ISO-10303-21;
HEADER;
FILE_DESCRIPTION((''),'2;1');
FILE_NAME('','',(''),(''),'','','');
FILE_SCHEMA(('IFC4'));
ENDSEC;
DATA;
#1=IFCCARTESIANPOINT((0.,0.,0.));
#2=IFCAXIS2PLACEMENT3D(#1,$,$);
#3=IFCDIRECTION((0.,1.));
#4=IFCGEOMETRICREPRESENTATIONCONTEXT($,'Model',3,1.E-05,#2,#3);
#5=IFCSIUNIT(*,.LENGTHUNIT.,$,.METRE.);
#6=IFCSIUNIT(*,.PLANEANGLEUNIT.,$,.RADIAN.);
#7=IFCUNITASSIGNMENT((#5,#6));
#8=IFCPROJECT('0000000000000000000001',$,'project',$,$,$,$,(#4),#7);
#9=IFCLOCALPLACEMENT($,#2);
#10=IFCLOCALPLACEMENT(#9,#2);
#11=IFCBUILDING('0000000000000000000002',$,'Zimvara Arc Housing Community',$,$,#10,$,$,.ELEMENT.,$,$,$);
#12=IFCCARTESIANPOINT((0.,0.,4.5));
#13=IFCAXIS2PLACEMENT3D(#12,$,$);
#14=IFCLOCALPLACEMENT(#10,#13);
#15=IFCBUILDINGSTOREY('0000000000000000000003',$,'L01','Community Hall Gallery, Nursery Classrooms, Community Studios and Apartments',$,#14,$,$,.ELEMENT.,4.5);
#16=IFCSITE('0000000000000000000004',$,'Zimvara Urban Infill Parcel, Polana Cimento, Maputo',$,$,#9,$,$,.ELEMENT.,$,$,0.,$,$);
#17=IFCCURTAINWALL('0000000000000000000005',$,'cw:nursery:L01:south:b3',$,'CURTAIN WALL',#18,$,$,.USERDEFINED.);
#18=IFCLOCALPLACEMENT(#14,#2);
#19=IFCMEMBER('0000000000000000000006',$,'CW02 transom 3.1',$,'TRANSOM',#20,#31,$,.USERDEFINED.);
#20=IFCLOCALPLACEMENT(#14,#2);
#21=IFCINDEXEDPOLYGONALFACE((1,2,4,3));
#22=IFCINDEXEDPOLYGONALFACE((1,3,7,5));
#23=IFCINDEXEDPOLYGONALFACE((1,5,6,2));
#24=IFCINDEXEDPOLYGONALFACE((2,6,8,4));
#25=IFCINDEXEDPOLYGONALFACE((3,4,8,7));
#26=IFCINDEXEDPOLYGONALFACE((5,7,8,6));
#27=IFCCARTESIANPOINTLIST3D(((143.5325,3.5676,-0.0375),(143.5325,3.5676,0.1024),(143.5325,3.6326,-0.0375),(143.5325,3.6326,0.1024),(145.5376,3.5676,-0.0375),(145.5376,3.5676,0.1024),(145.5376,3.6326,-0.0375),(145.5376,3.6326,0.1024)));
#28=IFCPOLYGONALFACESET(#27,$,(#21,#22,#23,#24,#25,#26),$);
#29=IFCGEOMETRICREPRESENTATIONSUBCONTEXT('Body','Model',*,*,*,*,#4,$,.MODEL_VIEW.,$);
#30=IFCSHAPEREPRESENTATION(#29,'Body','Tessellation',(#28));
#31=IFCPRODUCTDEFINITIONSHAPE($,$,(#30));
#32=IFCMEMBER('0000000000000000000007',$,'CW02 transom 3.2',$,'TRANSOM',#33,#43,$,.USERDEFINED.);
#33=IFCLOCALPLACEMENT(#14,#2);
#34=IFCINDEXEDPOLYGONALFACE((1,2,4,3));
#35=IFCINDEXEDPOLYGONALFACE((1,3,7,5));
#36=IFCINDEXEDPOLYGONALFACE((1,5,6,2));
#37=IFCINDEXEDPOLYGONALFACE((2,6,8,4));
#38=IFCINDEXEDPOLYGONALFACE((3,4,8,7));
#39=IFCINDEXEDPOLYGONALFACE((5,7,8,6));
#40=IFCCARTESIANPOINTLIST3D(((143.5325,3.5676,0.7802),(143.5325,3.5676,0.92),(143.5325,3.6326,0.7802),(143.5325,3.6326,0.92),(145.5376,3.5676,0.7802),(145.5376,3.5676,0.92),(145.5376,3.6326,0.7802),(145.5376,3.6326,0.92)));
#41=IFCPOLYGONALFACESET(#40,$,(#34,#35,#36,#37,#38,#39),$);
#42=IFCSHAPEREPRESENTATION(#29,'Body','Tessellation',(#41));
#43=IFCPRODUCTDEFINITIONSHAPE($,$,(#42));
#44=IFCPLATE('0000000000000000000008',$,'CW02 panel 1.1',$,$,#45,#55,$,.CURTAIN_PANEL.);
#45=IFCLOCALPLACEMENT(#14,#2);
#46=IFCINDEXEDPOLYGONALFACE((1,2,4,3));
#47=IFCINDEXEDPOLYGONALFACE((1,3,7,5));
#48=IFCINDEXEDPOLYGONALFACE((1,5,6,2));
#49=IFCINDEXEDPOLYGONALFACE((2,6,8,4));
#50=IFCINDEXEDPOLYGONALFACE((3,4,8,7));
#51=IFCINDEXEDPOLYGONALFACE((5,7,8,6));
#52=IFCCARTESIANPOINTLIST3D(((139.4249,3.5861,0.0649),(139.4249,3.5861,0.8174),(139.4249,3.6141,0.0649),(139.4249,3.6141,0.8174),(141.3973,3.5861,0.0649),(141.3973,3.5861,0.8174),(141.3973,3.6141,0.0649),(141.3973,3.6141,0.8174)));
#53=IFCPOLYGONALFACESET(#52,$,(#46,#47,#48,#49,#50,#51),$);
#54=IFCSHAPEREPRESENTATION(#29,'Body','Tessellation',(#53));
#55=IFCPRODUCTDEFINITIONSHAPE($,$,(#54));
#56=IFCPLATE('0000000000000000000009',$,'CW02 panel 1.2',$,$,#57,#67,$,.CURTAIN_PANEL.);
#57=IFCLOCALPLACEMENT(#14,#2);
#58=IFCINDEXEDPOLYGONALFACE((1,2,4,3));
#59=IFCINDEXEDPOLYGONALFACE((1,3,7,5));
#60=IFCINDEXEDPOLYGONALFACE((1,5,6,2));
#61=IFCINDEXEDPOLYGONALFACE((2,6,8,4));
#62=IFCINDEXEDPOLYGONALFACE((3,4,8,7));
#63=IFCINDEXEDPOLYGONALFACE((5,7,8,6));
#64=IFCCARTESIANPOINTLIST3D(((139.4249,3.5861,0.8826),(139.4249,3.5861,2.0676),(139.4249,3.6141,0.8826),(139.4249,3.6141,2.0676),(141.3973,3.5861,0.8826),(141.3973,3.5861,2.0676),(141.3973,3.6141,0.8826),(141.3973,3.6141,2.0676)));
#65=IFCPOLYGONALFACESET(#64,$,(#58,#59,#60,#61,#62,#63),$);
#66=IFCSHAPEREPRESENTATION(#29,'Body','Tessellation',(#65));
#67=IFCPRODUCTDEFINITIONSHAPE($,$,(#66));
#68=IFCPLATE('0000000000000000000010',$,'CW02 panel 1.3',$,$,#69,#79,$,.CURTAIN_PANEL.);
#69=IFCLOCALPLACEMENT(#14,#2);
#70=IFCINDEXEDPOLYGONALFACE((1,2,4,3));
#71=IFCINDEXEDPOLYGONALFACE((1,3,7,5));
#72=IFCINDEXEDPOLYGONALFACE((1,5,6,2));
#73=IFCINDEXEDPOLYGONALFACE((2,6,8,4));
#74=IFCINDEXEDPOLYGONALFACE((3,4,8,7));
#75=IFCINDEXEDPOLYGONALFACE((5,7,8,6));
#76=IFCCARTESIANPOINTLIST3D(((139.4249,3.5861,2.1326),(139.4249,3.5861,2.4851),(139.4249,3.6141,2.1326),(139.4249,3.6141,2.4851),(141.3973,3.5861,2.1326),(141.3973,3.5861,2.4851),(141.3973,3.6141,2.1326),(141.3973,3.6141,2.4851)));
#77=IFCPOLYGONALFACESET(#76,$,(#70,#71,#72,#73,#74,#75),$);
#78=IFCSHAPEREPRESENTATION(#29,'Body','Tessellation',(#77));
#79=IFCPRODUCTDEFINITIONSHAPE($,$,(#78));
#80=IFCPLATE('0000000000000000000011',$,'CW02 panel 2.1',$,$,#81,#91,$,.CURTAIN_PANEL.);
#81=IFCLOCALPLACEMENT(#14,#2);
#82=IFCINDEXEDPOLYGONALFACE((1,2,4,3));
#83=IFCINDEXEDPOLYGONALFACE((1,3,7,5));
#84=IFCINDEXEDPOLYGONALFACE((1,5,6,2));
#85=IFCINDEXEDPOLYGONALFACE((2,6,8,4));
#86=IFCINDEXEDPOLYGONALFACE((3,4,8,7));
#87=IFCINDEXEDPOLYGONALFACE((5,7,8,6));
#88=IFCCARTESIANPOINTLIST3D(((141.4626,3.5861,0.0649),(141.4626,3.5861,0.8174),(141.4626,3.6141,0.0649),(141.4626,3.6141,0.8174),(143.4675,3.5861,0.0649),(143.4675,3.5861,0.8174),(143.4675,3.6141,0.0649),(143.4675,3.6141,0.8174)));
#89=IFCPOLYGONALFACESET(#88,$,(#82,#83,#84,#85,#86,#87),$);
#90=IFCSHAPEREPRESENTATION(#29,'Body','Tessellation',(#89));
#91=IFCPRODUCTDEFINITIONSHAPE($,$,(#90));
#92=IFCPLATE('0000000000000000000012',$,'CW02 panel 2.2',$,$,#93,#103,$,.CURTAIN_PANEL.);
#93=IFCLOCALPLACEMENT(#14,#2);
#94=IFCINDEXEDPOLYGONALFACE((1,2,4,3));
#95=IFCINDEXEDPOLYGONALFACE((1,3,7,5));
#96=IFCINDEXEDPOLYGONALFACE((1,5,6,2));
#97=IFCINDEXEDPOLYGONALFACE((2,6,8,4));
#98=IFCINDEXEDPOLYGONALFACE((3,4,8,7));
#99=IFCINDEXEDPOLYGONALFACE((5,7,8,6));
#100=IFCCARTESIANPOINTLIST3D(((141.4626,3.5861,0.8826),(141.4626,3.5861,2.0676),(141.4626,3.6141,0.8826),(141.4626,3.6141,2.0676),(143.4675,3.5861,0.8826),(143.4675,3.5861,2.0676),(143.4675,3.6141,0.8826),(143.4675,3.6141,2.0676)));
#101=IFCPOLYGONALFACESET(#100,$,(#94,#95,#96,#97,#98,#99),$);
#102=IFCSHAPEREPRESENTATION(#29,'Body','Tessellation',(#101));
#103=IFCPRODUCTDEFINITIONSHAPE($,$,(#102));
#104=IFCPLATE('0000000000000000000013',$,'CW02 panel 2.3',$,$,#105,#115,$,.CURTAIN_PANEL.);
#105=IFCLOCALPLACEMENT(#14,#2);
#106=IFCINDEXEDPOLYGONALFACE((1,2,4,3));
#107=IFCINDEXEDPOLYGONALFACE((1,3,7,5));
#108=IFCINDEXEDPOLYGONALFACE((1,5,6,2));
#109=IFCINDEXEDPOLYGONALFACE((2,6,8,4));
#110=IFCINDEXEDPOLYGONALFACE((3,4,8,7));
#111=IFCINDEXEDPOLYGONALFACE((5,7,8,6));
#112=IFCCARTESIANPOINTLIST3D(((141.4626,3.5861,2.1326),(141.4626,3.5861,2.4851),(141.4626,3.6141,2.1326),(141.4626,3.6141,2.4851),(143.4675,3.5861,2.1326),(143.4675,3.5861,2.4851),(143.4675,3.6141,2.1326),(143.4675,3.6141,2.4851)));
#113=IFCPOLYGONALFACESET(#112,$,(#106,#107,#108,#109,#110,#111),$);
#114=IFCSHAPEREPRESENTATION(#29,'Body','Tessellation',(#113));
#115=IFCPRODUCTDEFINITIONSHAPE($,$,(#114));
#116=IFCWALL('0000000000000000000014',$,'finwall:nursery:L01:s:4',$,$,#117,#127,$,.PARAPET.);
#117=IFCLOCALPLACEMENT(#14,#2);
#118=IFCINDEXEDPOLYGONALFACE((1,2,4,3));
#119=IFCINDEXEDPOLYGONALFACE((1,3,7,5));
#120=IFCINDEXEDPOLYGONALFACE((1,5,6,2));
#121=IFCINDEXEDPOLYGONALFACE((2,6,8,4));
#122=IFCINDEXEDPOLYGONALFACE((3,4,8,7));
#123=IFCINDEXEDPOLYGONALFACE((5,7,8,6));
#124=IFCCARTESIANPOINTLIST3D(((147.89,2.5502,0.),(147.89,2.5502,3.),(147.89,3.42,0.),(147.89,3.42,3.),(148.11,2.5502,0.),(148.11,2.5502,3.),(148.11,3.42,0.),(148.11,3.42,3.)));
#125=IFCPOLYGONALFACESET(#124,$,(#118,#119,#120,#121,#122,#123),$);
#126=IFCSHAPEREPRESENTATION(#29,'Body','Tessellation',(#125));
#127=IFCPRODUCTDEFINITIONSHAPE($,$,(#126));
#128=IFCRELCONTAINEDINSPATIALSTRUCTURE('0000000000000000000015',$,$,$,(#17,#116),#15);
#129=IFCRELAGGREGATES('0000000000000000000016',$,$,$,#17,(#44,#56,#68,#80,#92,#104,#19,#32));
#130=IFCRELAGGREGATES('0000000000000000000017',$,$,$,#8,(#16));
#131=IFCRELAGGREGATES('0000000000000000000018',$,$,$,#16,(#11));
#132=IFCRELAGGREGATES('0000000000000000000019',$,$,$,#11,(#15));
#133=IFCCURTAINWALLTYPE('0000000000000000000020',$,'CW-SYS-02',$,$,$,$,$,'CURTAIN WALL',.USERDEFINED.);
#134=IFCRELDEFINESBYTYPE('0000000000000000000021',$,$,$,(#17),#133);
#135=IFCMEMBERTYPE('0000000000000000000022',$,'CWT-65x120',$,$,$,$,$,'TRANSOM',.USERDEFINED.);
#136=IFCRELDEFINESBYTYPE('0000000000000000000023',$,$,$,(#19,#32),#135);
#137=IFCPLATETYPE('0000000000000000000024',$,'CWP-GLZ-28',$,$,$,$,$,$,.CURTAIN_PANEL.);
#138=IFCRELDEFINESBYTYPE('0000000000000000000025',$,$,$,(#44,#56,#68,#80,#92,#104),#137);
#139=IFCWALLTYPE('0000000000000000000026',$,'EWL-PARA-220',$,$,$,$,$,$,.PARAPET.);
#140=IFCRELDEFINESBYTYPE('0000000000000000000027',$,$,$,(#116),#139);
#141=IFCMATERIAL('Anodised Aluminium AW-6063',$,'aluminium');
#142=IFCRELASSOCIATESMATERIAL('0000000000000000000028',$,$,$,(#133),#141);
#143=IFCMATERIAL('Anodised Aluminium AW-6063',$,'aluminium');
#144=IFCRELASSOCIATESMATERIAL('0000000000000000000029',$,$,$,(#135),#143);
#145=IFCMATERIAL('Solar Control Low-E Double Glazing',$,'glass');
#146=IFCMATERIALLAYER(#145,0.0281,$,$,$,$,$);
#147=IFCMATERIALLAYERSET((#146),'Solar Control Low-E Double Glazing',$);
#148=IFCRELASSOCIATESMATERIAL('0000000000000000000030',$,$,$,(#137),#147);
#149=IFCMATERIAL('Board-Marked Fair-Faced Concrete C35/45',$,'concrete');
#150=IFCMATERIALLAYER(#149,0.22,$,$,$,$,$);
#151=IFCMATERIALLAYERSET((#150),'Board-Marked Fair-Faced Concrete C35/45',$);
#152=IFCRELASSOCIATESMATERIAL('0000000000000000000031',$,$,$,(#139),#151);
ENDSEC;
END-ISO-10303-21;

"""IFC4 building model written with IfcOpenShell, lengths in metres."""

from ifc_helpers import new_model, si_unit, direction, frame, frame_2d, origin, origin_2d, place, context, subcontext, project, spatial, rectangle, extrude, material, layer, layer_set, material_profile, profile_set, type_object, element, aggregate, save


model = new_model("IFC4")

# Units and contexts
model_context = context("Model", 3, precision=1e-05, world=origin(), true_north=direction((0.0, 1.0)))
body_context = subcontext(model_context, "Body", "Model", "MODEL_VIEW")
ifc_project = project(units=[si_unit("LENGTHUNIT", "METRE"), si_unit("PLANEANGLEUNIT", "RADIAN")], contexts=[model_context])

# Site, building, storey
site_placement = place(None, origin())
site = spatial("IfcSite", under=ifc_project, at=site_placement, Name="Zimvara Urban Infill Parcel, Polana Cimento, Maputo", CompositionType="ELEMENT", RefElevation=0.0)
building_placement = place(site_placement, origin())
building = spatial("IfcBuilding", under=site, at=building_placement, Name="Zimvara Arc Housing Community", CompositionType="ELEMENT")
storey_placement = place(building_placement, frame((0.0, 0.0, 4.5)))
storey = spatial("IfcBuildingStorey", under=building, at=storey_placement, Name="L01", Description="Community Hall Gallery, Nursery Classrooms, Community Studios and Apartments", CompositionType="ELEMENT", Elevation=4.5)

# Curtain wall, members, plates
ifc_material_1 = material(Name="Anodised Aluminium AW-6063", Category="aluminium")
curtain_wall_type = type_object("IfcCurtainWallType", Name="CW-SYS-02", ElementType="CURTAIN WALL", PredefinedType="USERDEFINED", material=ifc_material_1)
curtain_wall_placement = place(storey_placement, origin())
curtain_wall = element("IfcCurtainWall", 1, at=curtain_wall_placement, inside=storey, type_object=curtain_wall_type, Name="cw:nursery:L01:south:b3", ObjectType="CURTAIN WALL", PredefinedType="USERDEFINED")
ifc_material_2 = material(Name="Anodised Aluminium AW-6063", Category="aluminium")
ifc_material_profile_1 = material_profile(ifc_material_2, rectangle(XDim=0.0649, YDim=0.1399, at=origin_2d()), Name="ALU 65x140")
ifc_profile_set_1 = profile_set([ifc_material_profile_1], Name="Anodised Aluminium AW-6063")
member_type_1 = type_object("IfcMemberType", Name="CWT-65x120", ElementType="TRANSOM", PredefinedType="USERDEFINED", material=ifc_profile_set_1)
member_1_placement = place(storey_placement, frame((143.5325, 3.6001, 0.0325), z_axis=(1.0, 0.0, 0.0), x_axis=(0.0, 1.0, 0.0)))
member_1 = element("IfcMember", 2, at=member_1_placement, type_object=member_type_1, Name="CW02 transom 3.1", ObjectType="TRANSOM", PredefinedType="USERDEFINED", context=body_context, shape_type="SweptSolid", body=[
    extrude(rectangle(XDim=0.0649, YDim=0.1399, at=origin_2d()), origin(), (0.0, 0.0, 1.0), 2.0051),
])
member_2_placement = place(storey_placement, frame((143.5325, 3.6001, 0.8501), z_axis=(1.0, 0.0, 0.0), x_axis=(0.0, 1.0, 0.0)))
member_2 = element("IfcMember", 3, at=member_2_placement, type_object=member_type_1, Name="CW02 transom 3.2", ObjectType="TRANSOM", PredefinedType="USERDEFINED", context=body_context, shape_type="SweptSolid", body=[
    extrude(rectangle(XDim=0.0649, YDim=0.1399, at=origin_2d()), origin(), (0.0, 0.0, 1.0), 2.0051),
])
ifc_material_3 = material(Name="Solar Control Low-E Double Glazing", Category="glass")
ifc_layer_1 = layer(ifc_material_3, 0.0281)
ifc_layer_set_1 = layer_set([ifc_layer_1], Name="Solar Control Low-E Double Glazing")
plate_type = type_object("IfcPlateType", Name="CWP-GLZ-28", PredefinedType="CURTAIN_PANEL", material=ifc_layer_set_1)
plate_1_placement = place(storey_placement, frame((140.4111, 3.6001, 0.0649), z_axis=(0.0, 0.0, 1.0), x_axis=(1.0, 0.0, 0.0)))
plate_1 = element("IfcPlate", 4, at=plate_1_placement, type_object=plate_type, Name="CW02 panel 1.1", PredefinedType="CURTAIN_PANEL", context=body_context, shape_type="SweptSolid", body=[
    extrude(rectangle(XDim=1.9724, YDim=0.0281, at=origin_2d()), origin(), (0.0, 0.0, 1.0), 0.7524),
])
plate_2_placement = place(storey_placement, frame((140.4111, 3.6001, 0.8826), z_axis=(0.0, 0.0, 1.0), x_axis=(1.0, 0.0, 0.0)))
plate_2 = element("IfcPlate", 5, at=plate_2_placement, type_object=plate_type, Name="CW02 panel 1.2", PredefinedType="CURTAIN_PANEL", context=body_context, shape_type="SweptSolid", body=[
    extrude(rectangle(XDim=1.9724, YDim=0.0281, at=origin_2d()), origin(), (0.0, 0.0, 1.0), 1.1851),
])
plate_3_placement = place(storey_placement, frame((140.4111, 3.6001, 2.1326), z_axis=(0.0, 0.0, 1.0), x_axis=(1.0, 0.0, 0.0)))
plate_3 = element("IfcPlate", 6, at=plate_3_placement, type_object=plate_type, Name="CW02 panel 1.3", PredefinedType="CURTAIN_PANEL", context=body_context, shape_type="SweptSolid", body=[
    extrude(rectangle(XDim=1.9724, YDim=0.0281, at=origin_2d()), origin(), (0.0, 0.0, 1.0), 0.3525),
])
plate_4_placement = place(storey_placement, frame((142.4651, 3.6001, 0.0649), z_axis=(0.0, 0.0, 1.0), x_axis=(1.0, 0.0, 0.0)))
plate_4 = element("IfcPlate", 7, at=plate_4_placement, type_object=plate_type, Name="CW02 panel 2.1", PredefinedType="CURTAIN_PANEL", context=body_context, shape_type="SweptSolid", body=[
    extrude(rectangle(XDim=2.0049, YDim=0.0281, at=origin_2d()), origin(), (0.0, 0.0, 1.0), 0.7524),
])
plate_5_placement = place(storey_placement, frame((142.4651, 3.6001, 0.8826), z_axis=(0.0, 0.0, 1.0), x_axis=(1.0, 0.0, 0.0)))
plate_5 = element("IfcPlate", 8, at=plate_5_placement, type_object=plate_type, Name="CW02 panel 2.2", PredefinedType="CURTAIN_PANEL", context=body_context, shape_type="SweptSolid", body=[
    extrude(rectangle(XDim=2.0049, YDim=0.0281, at=origin_2d()), origin(), (0.0, 0.0, 1.0), 1.1851),
])
plate_6_placement = place(storey_placement, frame((142.4651, 3.6001, 2.1326), z_axis=(0.0, 0.0, 1.0), x_axis=(1.0, 0.0, 0.0)))
plate_6 = element("IfcPlate", 9, at=plate_6_placement, type_object=plate_type, Name="CW02 panel 2.3", PredefinedType="CURTAIN_PANEL", context=body_context, shape_type="SweptSolid", body=[
    extrude(rectangle(XDim=2.0049, YDim=0.0281, at=origin_2d()), origin(), (0.0, 0.0, 1.0), 0.3525),
])
aggregate(curtain_wall, [plate_1, plate_2, plate_3, plate_4, plate_5, plate_6, member_1, member_2])

# Wall
ifc_material_4 = material(Name="Board-Marked Fair-Faced Concrete C35/45", Category="concrete")
ifc_layer_2 = layer(ifc_material_4, 0.22)
ifc_layer_set_2 = layer_set([ifc_layer_2], Name="Board-Marked Fair-Faced Concrete C35/45")
wall_type = type_object("IfcWallType", Name="EWL-PARA-220", PredefinedType="PARAPET", material=ifc_layer_set_2)
wall_placement = place(storey_placement, frame((148.0, 2.55, 0.0), z_axis=(0.0, 0.0, 1.0), x_axis=(0.0, 1.0, 0.0)))
element("IfcWall", 10, at=wall_placement, inside=storey, type_object=wall_type, Name="finwall:nursery:L01:s:4", PredefinedType="PARAPET", context=body_context, shape_type="SweptSolid", body=[
    extrude(rectangle(XDim=0.8699, YDim=0.22, at=frame_2d((0.4351, 0.0))), origin(), (0.0, 0.0, 1.0), 3.0),
])

save(model, "model.ifc")
